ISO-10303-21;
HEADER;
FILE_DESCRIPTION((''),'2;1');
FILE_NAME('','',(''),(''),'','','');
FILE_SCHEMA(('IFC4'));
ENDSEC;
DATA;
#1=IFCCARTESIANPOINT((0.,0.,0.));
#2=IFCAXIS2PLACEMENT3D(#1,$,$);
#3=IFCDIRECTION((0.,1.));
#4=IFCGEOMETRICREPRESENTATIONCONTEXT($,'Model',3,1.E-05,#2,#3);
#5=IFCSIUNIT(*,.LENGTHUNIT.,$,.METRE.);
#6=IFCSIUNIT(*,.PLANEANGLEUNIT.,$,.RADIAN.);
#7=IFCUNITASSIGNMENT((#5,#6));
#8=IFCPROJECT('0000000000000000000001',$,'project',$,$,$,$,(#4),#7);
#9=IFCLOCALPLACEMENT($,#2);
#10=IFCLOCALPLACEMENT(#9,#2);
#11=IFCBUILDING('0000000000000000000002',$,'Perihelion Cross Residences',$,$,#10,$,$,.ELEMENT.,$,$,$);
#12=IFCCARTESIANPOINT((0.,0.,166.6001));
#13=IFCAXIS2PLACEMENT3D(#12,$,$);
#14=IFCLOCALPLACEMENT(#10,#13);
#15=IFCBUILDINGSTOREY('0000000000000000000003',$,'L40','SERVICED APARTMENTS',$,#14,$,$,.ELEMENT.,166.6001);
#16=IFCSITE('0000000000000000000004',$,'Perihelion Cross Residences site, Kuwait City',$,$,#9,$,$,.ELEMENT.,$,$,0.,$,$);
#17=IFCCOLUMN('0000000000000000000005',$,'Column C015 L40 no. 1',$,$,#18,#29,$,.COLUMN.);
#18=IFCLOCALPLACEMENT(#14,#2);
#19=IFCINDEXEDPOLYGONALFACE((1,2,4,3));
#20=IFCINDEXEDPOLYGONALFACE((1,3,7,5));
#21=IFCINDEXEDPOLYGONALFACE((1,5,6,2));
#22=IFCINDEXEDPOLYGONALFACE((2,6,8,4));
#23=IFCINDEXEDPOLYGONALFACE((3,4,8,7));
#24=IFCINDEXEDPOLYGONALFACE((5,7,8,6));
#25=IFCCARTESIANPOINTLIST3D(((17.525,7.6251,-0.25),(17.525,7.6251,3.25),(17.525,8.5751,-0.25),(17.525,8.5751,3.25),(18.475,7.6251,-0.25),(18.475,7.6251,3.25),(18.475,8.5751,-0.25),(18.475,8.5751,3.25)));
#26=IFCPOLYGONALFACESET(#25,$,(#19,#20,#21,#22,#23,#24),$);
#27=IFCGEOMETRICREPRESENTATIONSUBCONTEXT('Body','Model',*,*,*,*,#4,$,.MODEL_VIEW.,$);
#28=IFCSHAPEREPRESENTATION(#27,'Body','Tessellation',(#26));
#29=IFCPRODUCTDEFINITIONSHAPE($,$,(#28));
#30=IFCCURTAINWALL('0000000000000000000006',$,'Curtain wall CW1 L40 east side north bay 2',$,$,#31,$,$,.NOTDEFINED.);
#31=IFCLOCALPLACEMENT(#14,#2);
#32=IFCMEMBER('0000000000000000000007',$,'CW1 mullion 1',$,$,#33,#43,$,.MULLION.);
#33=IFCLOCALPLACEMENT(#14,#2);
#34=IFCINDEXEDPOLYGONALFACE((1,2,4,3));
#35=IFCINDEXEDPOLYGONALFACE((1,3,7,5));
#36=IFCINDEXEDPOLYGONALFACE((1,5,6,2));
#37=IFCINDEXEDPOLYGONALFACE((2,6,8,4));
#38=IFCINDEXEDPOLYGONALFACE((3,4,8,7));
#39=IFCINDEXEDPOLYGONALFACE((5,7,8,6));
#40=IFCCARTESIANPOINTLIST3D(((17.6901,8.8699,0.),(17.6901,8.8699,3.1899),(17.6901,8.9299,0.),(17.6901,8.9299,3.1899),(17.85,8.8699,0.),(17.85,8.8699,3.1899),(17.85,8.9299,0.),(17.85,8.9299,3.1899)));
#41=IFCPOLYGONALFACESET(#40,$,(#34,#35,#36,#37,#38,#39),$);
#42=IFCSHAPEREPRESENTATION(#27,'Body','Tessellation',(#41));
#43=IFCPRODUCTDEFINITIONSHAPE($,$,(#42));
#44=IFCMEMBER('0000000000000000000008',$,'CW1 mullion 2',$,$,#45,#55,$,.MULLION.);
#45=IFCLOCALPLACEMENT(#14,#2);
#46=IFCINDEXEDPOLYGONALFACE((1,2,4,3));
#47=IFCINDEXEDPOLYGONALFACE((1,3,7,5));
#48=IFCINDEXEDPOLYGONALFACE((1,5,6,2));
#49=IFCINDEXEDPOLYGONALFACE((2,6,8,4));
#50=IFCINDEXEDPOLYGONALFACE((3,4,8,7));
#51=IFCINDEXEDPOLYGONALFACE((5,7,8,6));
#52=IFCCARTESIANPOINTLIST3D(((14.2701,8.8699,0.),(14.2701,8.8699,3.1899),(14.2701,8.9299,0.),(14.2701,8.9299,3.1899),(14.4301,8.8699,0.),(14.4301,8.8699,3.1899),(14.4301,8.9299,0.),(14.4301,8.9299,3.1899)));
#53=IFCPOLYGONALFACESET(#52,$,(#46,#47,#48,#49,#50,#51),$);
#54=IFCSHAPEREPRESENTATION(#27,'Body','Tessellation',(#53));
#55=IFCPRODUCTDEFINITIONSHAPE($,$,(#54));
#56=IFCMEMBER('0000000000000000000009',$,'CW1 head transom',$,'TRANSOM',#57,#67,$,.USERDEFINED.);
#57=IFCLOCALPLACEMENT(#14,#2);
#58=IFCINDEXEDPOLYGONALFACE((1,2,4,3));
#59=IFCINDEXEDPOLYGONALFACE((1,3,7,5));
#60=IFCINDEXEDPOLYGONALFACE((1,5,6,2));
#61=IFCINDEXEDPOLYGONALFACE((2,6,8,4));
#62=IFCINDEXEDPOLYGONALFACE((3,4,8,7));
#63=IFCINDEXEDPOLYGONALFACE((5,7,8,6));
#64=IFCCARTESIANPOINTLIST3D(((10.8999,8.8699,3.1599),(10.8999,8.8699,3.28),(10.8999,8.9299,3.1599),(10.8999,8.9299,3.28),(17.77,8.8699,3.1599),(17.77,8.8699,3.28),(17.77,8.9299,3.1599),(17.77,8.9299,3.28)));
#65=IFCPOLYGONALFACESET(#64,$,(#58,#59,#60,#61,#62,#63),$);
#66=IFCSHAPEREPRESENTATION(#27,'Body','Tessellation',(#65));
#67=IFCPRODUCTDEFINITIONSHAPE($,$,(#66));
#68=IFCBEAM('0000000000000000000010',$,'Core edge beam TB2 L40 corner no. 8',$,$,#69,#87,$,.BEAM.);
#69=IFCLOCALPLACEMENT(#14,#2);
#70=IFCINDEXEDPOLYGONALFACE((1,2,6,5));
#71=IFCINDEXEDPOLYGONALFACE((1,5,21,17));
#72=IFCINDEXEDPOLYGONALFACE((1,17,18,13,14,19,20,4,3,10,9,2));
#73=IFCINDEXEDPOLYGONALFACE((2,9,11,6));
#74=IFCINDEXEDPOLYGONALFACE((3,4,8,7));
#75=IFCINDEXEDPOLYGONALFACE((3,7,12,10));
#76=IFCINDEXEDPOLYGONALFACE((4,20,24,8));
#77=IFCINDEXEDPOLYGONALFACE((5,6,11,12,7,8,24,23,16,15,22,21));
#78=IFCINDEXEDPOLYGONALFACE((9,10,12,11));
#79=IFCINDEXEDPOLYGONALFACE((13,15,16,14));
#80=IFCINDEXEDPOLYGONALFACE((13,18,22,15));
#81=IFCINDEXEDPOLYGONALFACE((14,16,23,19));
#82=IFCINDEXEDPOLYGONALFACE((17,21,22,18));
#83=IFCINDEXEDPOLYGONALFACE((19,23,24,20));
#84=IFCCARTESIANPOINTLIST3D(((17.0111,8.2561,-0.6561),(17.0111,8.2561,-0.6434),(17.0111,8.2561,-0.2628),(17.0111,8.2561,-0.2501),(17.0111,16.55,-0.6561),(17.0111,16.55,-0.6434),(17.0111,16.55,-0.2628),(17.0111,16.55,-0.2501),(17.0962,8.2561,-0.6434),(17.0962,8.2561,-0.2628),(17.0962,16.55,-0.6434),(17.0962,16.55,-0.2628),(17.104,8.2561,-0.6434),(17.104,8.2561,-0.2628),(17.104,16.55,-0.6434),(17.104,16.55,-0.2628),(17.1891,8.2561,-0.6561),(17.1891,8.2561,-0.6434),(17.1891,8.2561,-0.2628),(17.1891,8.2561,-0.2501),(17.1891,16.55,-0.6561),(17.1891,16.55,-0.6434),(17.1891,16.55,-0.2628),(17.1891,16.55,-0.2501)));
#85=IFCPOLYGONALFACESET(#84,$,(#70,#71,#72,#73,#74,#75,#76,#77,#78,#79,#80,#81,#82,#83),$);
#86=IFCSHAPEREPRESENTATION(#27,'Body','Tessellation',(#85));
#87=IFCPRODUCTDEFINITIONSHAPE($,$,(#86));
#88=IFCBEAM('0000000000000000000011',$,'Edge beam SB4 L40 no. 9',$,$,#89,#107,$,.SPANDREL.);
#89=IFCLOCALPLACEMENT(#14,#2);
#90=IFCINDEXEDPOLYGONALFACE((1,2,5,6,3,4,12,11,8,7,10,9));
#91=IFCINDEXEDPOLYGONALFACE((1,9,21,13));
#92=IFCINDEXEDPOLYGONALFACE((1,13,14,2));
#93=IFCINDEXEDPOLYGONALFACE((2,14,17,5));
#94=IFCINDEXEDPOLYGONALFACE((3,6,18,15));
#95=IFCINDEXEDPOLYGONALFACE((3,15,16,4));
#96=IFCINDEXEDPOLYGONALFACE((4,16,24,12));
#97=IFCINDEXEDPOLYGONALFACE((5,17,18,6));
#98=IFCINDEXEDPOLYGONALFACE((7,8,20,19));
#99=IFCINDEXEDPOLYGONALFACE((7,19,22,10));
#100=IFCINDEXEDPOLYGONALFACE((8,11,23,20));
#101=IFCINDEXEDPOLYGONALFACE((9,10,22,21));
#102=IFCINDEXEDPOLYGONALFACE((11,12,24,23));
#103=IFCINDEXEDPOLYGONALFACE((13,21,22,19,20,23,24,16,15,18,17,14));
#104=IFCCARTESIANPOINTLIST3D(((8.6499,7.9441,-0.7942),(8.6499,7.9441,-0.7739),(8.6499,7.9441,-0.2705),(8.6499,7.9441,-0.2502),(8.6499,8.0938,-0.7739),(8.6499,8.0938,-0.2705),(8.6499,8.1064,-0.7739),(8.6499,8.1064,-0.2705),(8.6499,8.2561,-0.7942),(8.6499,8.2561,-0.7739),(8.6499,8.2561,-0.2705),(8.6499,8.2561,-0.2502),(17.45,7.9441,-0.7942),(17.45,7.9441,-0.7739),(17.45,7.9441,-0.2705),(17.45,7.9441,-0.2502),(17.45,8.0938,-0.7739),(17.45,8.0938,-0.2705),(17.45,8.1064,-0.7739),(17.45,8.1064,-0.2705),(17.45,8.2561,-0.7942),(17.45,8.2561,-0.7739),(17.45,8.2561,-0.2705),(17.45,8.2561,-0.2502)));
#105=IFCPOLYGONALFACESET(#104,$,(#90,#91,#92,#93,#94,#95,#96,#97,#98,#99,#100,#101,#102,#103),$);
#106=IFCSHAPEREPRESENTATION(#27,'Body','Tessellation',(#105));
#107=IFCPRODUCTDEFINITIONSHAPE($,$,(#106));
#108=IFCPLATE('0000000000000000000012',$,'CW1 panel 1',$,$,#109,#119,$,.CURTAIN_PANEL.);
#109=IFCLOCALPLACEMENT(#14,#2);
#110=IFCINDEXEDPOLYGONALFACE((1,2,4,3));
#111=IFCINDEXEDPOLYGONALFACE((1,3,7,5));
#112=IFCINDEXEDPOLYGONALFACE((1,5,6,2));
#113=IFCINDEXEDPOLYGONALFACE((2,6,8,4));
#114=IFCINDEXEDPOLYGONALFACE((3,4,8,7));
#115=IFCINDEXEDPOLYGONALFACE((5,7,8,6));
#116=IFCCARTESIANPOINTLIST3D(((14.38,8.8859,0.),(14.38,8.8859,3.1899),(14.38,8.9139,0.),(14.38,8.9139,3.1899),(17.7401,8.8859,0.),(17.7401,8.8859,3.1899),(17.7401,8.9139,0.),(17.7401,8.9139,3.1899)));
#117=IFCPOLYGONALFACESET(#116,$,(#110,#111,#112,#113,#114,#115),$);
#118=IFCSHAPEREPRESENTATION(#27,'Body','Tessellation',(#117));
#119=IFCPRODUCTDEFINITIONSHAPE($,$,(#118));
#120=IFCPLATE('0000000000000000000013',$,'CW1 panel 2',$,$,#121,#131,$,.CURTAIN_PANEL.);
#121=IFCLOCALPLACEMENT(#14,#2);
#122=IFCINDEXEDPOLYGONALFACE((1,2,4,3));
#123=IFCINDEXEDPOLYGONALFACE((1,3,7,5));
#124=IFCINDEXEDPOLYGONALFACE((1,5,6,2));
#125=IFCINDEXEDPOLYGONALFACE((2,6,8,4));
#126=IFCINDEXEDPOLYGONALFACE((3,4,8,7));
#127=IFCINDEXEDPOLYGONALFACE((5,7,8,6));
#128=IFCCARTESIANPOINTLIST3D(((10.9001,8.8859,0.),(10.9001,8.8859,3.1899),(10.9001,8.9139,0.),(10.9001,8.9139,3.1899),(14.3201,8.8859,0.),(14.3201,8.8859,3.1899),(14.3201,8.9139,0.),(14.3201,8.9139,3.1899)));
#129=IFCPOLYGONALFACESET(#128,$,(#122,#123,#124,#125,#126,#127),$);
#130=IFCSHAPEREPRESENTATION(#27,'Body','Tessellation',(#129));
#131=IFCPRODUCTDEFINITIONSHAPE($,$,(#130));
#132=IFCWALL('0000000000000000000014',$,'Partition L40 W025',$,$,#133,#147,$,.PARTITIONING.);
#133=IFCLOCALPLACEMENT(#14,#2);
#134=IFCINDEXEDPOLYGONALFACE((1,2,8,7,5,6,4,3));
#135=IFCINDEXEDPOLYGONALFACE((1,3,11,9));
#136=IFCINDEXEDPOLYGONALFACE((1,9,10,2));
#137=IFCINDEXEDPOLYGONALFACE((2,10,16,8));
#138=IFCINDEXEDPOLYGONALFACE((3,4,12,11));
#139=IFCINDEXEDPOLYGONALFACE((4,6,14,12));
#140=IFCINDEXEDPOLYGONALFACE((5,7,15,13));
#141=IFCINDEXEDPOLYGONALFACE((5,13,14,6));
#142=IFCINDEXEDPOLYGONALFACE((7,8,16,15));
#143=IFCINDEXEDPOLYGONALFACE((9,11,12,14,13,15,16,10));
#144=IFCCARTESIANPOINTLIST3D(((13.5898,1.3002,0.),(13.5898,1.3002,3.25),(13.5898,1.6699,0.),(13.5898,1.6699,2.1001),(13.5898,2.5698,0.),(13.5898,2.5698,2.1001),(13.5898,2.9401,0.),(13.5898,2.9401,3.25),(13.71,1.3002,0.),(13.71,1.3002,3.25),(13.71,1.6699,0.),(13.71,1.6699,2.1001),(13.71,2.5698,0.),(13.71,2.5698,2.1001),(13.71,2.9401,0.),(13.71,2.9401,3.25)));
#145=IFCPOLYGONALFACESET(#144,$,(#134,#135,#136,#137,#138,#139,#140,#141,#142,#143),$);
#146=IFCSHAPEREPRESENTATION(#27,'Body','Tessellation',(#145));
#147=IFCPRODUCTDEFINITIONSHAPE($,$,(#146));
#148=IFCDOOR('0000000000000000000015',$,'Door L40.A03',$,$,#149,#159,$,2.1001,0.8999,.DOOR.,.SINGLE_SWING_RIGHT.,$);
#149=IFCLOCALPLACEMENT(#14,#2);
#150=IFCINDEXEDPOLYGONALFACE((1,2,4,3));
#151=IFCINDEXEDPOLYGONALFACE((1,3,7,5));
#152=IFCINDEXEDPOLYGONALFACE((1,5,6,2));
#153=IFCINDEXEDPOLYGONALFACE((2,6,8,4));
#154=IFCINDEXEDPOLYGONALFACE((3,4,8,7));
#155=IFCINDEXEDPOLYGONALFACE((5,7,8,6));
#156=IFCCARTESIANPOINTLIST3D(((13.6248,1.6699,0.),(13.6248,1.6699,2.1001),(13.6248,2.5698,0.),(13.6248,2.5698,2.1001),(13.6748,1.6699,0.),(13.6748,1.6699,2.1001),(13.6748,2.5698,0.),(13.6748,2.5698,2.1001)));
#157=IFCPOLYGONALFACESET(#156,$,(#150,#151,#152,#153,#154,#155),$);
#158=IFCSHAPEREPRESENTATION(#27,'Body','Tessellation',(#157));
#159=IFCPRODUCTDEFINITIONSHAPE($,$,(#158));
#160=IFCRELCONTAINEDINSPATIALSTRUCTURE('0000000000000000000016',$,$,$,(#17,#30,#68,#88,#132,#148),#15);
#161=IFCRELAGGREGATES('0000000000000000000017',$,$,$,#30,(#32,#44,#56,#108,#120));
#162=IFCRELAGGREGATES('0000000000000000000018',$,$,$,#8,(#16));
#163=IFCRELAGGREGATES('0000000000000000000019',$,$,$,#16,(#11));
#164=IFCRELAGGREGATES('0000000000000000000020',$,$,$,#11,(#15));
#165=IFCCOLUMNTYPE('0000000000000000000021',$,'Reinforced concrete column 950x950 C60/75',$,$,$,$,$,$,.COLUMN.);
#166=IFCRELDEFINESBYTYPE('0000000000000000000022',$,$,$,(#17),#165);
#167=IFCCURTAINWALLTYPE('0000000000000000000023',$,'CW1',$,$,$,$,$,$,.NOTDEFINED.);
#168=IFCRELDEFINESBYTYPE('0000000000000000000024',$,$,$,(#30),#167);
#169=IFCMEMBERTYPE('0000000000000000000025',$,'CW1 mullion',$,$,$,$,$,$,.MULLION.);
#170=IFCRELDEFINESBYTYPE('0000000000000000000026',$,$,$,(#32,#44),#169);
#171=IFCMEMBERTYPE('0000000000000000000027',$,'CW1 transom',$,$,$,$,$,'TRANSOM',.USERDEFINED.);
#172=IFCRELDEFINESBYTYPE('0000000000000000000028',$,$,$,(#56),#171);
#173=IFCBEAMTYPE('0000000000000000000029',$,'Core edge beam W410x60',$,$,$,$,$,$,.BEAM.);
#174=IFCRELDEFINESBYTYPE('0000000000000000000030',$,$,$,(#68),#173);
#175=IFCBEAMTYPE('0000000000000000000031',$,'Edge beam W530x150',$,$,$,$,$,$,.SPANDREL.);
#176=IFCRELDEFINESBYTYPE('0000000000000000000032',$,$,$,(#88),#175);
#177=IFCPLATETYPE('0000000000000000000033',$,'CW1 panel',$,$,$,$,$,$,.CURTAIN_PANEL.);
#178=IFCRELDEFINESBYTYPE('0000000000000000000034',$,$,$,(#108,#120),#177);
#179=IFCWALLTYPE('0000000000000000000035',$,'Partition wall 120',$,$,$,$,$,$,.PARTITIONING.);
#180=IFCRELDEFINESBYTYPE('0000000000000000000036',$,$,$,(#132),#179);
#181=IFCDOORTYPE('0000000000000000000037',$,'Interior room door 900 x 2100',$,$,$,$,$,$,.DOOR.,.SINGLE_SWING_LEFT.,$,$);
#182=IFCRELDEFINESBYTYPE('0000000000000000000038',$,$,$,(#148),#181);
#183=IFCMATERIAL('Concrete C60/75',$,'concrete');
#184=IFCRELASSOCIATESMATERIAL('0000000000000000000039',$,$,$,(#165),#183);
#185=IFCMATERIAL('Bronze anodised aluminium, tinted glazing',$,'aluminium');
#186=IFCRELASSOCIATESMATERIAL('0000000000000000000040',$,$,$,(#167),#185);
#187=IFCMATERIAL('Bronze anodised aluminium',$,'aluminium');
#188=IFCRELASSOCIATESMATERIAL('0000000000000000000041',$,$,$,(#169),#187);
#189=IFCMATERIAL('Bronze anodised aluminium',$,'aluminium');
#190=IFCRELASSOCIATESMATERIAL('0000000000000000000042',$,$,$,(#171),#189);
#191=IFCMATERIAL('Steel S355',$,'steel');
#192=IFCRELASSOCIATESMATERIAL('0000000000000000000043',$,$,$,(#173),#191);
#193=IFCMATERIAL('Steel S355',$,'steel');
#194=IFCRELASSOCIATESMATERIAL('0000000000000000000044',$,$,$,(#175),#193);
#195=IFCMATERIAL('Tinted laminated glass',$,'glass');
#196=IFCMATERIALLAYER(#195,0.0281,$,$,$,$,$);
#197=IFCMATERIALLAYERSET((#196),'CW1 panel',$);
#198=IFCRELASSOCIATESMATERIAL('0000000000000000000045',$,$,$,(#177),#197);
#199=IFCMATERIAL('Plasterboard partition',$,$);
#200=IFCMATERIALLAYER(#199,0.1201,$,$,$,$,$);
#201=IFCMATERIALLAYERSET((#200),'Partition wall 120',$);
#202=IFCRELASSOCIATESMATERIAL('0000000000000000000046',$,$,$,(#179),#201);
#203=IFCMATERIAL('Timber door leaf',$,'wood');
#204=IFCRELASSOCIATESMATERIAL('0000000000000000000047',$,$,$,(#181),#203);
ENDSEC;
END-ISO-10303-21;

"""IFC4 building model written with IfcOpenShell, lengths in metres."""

from ifc_helpers import new_model, si_unit, direction, frame, frame_2d, origin, origin_2d, place, context, subcontext, project, spatial, rectangle, i_section, extrude, material, layer, layer_set, material_profile, profile_set, type_object, element, fill, aggregate, save


model = new_model("IFC4")

# Units and contexts
model_context = context("Model", 3, precision=1e-05, world=origin(), true_north=direction((0.0, 1.0)))
body_context = subcontext(model_context, "Body", "Model", "MODEL_VIEW")
ifc_project = project(units=[si_unit("LENGTHUNIT", "METRE"), si_unit("PLANEANGLEUNIT", "RADIAN")], contexts=[model_context])

# Site, building, storey
site_placement = place(None, origin())
site = spatial("IfcSite", under=ifc_project, at=site_placement, Name="Perihelion Cross Residences site, Kuwait City", CompositionType="ELEMENT", RefElevation=0.0)
building_placement = place(site_placement, origin())
building = spatial("IfcBuilding", under=site, at=building_placement, Name="Perihelion Cross Residences", CompositionType="ELEMENT")
storey_placement = place(building_placement, frame((0.0, 0.0, 166.6001)))
storey = spatial("IfcBuildingStorey", under=building, at=storey_placement, Name="L40", Description="SERVICED APARTMENTS", CompositionType="ELEMENT", Elevation=166.6001)

# Column
ifc_material_1 = material(Name="Concrete C60/75", Category="concrete")
ifc_material_profile_1 = material_profile(ifc_material_1, rectangle(XDim=0.95, YDim=0.95, at=origin_2d()), Name="RC 950x950")
ifc_profile_set_1 = profile_set([ifc_material_profile_1], Name="Concrete C60/75")
column_type = type_object("IfcColumnType", Name="Reinforced concrete column 950x950 C60/75", PredefinedType="COLUMN", material=ifc_profile_set_1)
column_placement = place(storey_placement, frame((18.0, 8.1001, -0.25), z_axis=(0.0, 0.0, 1.0), x_axis=(1.0, 0.0, 0.0)))
element("IfcColumn", 1, at=column_placement, inside=storey, type_object=column_type, Name="Column C015 L40 no. 1", PredefinedType="COLUMN", context=body_context, shape_type="SweptSolid", body=[
    extrude(rectangle(XDim=0.95, YDim=0.95, at=origin_2d()), origin(), (0.0, 0.0, 1.0), 3.5),
])

# Curtain wall, members
ifc_material_2 = material(Name="Bronze anodised aluminium, tinted glazing", Category="aluminium")
curtain_wall_type = type_object("IfcCurtainWallType", Name="CW1", PredefinedType="NOTDEFINED", material=ifc_material_2)
curtain_wall_placement = place(storey_placement, origin())
curtain_wall = element("IfcCurtainWall", 2, at=curtain_wall_placement, inside=storey, type_object=curtain_wall_type, Name="Curtain wall CW1 L40 east side north bay 2", PredefinedType="NOTDEFINED")
ifc_material_3 = material(Name="Bronze anodised aluminium", Category="aluminium")
ifc_material_profile_2 = material_profile(ifc_material_3, rectangle(XDim=0.0601, YDim=0.1599, at=origin_2d()), Name="CW1 mullion")
ifc_profile_set_2 = profile_set([ifc_material_profile_2], Name="Bronze anodised aluminium")
member_type_1 = type_object("IfcMemberType", Name="CW1 mullion", PredefinedType="MULLION", material=ifc_profile_set_2)
member_1_placement = place(storey_placement, frame((17.77, 8.8999, 0.0), z_axis=(0.0, 0.0, 1.0), x_axis=(0.0, -1.0, 0.0)))
member_1 = element("IfcMember", 3, at=member_1_placement, type_object=member_type_1, Name="CW1 mullion 1", PredefinedType="MULLION", context=body_context, shape_type="SweptSolid", body=[
    extrude(rectangle(XDim=0.0601, YDim=0.1599, at=origin_2d()), origin(), (0.0, 0.0, 1.0), 3.1899),
])
member_2_placement = place(storey_placement, frame((14.3501, 8.8999, 0.0), z_axis=(0.0, 0.0, 1.0), x_axis=(0.0, -1.0, 0.0)))
member_2 = element("IfcMember", 4, at=member_2_placement, type_object=member_type_1, Name="CW1 mullion 2", PredefinedType="MULLION", context=body_context, shape_type="SweptSolid", body=[
    extrude(rectangle(XDim=0.0601, YDim=0.1599, at=origin_2d()), origin(), (0.0, 0.0, 1.0), 3.1899),
])
ifc_material_4 = material(Name="Bronze anodised aluminium", Category="aluminium")
ifc_material_profile_3 = material_profile(ifc_material_4, rectangle(XDim=0.0601, YDim=0.1201, at=origin_2d()), Name="CW1 transom")
ifc_profile_set_3 = profile_set([ifc_material_profile_3], Name="Bronze anodised aluminium")
member_type_2 = type_object("IfcMemberType", Name="CW1 transom", ElementType="TRANSOM", PredefinedType="USERDEFINED", material=ifc_profile_set_3)
member_3_placement = place(storey_placement, frame((17.77, 8.8999, 3.22), z_axis=(-1.0, 0.0, 0.0), x_axis=(0.0, -1.0, 0.0)))
member_3 = element("IfcMember", 5, at=member_3_placement, type_object=member_type_2, Name="CW1 head transom", ObjectType="TRANSOM", PredefinedType="USERDEFINED", context=body_context, shape_type="SweptSolid", body=[
    extrude(rectangle(XDim=0.0601, YDim=0.1201, at=origin_2d()), origin(), (0.0, 0.0, 1.0), 6.8701),
])

# Beams
ifc_material_5 = material(Name="Steel S355", Category="steel")
ifc_material_profile_4 = material_profile(ifc_material_5, i_section(OverallWidth=0.178, OverallDepth=0.406, WebThickness=0.0078, FlangeThickness=0.0127, at=origin_2d()), Name="W410x60")
ifc_profile_set_4 = profile_set([ifc_material_profile_4], Name="Steel S355")
beam_type_1 = type_object("IfcBeamType", Name="Core edge beam W410x60", PredefinedType="BEAM", material=ifc_profile_set_4)
beam_1_placement = place(storey_placement, frame((17.1001, 8.2561, -0.4531), z_axis=(0.0, 1.0, 0.0), x_axis=(-1.0, 0.0, 0.0)))
element("IfcBeam", 6, at=beam_1_placement, inside=storey, type_object=beam_type_1, Name="Core edge beam TB2 L40 corner no. 8", PredefinedType="BEAM", context=body_context, shape_type="SweptSolid", body=[
    extrude(i_section(OverallWidth=0.178, OverallDepth=0.406, WebThickness=0.0078, FlangeThickness=0.0127, at=origin_2d()), origin(), (0.0, 0.0, 1.0), 8.2939),
])
ifc_material_6 = material(Name="Steel S355", Category="steel")
ifc_material_profile_5 = material_profile(ifc_material_6, i_section(OverallWidth=0.312, OverallDepth=0.5439, WebThickness=0.0127, FlangeThickness=0.0203, at=origin_2d()), Name="W530x150")
ifc_profile_set_5 = profile_set([ifc_material_profile_5], Name="Steel S355")
beam_type_2 = type_object("IfcBeamType", Name="Edge beam W530x150", PredefinedType="SPANDREL", material=ifc_profile_set_5)
beam_2_placement = place(storey_placement, frame((17.45, 8.1001, -0.5222), z_axis=(-1.0, 0.0, 0.0), x_axis=(0.0, -1.0, 0.0)))
element("IfcBeam", 7, at=beam_2_placement, inside=storey, type_object=beam_type_2, Name="Edge beam SB4 L40 no. 9", PredefinedType="SPANDREL", context=body_context, shape_type="SweptSolid", body=[
    extrude(i_section(OverallWidth=0.312, OverallDepth=0.5439, WebThickness=0.0127, FlangeThickness=0.0203, at=origin_2d()), origin(), (0.0, 0.0, 1.0), 8.8),
])

# Plates
ifc_material_7 = material(Name="Tinted laminated glass", Category="glass")
ifc_layer_1 = layer(ifc_material_7, 0.0281)
ifc_layer_set_1 = layer_set([ifc_layer_1], Name="CW1 panel")
plate_type = type_object("IfcPlateType", Name="CW1 panel", PredefinedType="CURTAIN_PANEL", material=ifc_layer_set_1)
plate_1_placement = place(storey_placement, frame((16.0601, 8.8999, 0.0), z_axis=(0.0, 0.0, 1.0), x_axis=(-1.0, 0.0, 0.0)))
plate_1 = element("IfcPlate", 8, at=plate_1_placement, type_object=plate_type, Name="CW1 panel 1", PredefinedType="CURTAIN_PANEL", context=body_context, shape_type="SweptSolid", body=[
    extrude(rectangle(XDim=3.3601, YDim=0.0281, at=origin_2d()), origin(), (0.0, 0.0, 1.0), 3.1899),
])
plate_2_placement = place(storey_placement, frame((12.6101, 8.8999, 0.0), z_axis=(0.0, 0.0, 1.0), x_axis=(-1.0, 0.0, 0.0)))
plate_2 = element("IfcPlate", 9, at=plate_2_placement, type_object=plate_type, Name="CW1 panel 2", PredefinedType="CURTAIN_PANEL", context=body_context, shape_type="SweptSolid", body=[
    extrude(rectangle(XDim=3.4199, YDim=0.0281, at=origin_2d()), origin(), (0.0, 0.0, 1.0), 3.1899),
])
aggregate(curtain_wall, [member_1, member_2, member_3, plate_1, plate_2])

# Wall, opening, door
ifc_material_8 = material(Name="Plasterboard partition")
ifc_layer_2 = layer(ifc_material_8, 0.1201)
ifc_layer_set_2 = layer_set([ifc_layer_2], Name="Partition wall 120")
wall_type_1 = type_object("IfcWallType", Name="Partition wall 120", PredefinedType="PARTITIONING", material=ifc_layer_set_2)
wall_1_placement = place(storey_placement, frame((13.6499, 2.9399, 0.0), z_axis=(0.0, 0.0, 1.0), x_axis=(0.0, -1.0, 0.0)))
wall_1 = element("IfcWall", 10, at=wall_1_placement, inside=storey, type_object=wall_type_1, Name="Partition L40 W025", PredefinedType="PARTITIONING", context=body_context, shape_type="SweptSolid", body=[
    extrude(rectangle(XDim=1.6399, YDim=0.1201, at=frame_2d((0.8198, 0.0))), origin(), (0.0, 0.0, 1.0), 3.25),
])
opening_1_placement = place(wall_1_placement, frame((0.3701, 0.0, 0.0)))
opening_1 = element("IfcOpeningElement", 11, at=opening_1_placement, cuts=wall_1, PredefinedType="OPENING", context=body_context, shape_type="SweptSolid", body=[
    extrude(rectangle(XDim=0.8999, YDim=2.1001, at=frame_2d((0.45, 1.05))), frame((0.0, 0.0701, 0.0), z_axis=(0.0, -1.0, 0.0), x_axis=(1.0, 0.0, 0.0)), (0.0, 0.0, 1.0), 0.1401),
])
ifc_material_9 = material(Name="Timber door leaf", Category="wood")
door_type_1 = type_object("IfcDoorType", Name="Interior room door 900 x 2100", OperationType="SINGLE_SWING_LEFT", PredefinedType="DOOR", material=ifc_material_9)
door_1_placement = place(opening_1_placement, origin())
door_1 = element("IfcDoor", 12, at=door_1_placement, inside=storey, type_object=door_type_1, Name="Door L40.A03", OperationType="SINGLE_SWING_RIGHT", OverallHeight=2.1001, OverallWidth=0.8999, PredefinedType="DOOR", context=body_context, shape_type="SweptSolid", body=[
    extrude(rectangle(XDim=0.8999, YDim=2.1001, at=frame_2d((0.45, 1.05))), frame((0.0, 0.0249, 0.0), z_axis=(0.0, -1.0, 0.0), x_axis=(1.0, 0.0, 0.0)), (0.0, 0.0, 1.0), 0.05),
])
fill(opening_1, door_1)

save(model, "model.ifc")
